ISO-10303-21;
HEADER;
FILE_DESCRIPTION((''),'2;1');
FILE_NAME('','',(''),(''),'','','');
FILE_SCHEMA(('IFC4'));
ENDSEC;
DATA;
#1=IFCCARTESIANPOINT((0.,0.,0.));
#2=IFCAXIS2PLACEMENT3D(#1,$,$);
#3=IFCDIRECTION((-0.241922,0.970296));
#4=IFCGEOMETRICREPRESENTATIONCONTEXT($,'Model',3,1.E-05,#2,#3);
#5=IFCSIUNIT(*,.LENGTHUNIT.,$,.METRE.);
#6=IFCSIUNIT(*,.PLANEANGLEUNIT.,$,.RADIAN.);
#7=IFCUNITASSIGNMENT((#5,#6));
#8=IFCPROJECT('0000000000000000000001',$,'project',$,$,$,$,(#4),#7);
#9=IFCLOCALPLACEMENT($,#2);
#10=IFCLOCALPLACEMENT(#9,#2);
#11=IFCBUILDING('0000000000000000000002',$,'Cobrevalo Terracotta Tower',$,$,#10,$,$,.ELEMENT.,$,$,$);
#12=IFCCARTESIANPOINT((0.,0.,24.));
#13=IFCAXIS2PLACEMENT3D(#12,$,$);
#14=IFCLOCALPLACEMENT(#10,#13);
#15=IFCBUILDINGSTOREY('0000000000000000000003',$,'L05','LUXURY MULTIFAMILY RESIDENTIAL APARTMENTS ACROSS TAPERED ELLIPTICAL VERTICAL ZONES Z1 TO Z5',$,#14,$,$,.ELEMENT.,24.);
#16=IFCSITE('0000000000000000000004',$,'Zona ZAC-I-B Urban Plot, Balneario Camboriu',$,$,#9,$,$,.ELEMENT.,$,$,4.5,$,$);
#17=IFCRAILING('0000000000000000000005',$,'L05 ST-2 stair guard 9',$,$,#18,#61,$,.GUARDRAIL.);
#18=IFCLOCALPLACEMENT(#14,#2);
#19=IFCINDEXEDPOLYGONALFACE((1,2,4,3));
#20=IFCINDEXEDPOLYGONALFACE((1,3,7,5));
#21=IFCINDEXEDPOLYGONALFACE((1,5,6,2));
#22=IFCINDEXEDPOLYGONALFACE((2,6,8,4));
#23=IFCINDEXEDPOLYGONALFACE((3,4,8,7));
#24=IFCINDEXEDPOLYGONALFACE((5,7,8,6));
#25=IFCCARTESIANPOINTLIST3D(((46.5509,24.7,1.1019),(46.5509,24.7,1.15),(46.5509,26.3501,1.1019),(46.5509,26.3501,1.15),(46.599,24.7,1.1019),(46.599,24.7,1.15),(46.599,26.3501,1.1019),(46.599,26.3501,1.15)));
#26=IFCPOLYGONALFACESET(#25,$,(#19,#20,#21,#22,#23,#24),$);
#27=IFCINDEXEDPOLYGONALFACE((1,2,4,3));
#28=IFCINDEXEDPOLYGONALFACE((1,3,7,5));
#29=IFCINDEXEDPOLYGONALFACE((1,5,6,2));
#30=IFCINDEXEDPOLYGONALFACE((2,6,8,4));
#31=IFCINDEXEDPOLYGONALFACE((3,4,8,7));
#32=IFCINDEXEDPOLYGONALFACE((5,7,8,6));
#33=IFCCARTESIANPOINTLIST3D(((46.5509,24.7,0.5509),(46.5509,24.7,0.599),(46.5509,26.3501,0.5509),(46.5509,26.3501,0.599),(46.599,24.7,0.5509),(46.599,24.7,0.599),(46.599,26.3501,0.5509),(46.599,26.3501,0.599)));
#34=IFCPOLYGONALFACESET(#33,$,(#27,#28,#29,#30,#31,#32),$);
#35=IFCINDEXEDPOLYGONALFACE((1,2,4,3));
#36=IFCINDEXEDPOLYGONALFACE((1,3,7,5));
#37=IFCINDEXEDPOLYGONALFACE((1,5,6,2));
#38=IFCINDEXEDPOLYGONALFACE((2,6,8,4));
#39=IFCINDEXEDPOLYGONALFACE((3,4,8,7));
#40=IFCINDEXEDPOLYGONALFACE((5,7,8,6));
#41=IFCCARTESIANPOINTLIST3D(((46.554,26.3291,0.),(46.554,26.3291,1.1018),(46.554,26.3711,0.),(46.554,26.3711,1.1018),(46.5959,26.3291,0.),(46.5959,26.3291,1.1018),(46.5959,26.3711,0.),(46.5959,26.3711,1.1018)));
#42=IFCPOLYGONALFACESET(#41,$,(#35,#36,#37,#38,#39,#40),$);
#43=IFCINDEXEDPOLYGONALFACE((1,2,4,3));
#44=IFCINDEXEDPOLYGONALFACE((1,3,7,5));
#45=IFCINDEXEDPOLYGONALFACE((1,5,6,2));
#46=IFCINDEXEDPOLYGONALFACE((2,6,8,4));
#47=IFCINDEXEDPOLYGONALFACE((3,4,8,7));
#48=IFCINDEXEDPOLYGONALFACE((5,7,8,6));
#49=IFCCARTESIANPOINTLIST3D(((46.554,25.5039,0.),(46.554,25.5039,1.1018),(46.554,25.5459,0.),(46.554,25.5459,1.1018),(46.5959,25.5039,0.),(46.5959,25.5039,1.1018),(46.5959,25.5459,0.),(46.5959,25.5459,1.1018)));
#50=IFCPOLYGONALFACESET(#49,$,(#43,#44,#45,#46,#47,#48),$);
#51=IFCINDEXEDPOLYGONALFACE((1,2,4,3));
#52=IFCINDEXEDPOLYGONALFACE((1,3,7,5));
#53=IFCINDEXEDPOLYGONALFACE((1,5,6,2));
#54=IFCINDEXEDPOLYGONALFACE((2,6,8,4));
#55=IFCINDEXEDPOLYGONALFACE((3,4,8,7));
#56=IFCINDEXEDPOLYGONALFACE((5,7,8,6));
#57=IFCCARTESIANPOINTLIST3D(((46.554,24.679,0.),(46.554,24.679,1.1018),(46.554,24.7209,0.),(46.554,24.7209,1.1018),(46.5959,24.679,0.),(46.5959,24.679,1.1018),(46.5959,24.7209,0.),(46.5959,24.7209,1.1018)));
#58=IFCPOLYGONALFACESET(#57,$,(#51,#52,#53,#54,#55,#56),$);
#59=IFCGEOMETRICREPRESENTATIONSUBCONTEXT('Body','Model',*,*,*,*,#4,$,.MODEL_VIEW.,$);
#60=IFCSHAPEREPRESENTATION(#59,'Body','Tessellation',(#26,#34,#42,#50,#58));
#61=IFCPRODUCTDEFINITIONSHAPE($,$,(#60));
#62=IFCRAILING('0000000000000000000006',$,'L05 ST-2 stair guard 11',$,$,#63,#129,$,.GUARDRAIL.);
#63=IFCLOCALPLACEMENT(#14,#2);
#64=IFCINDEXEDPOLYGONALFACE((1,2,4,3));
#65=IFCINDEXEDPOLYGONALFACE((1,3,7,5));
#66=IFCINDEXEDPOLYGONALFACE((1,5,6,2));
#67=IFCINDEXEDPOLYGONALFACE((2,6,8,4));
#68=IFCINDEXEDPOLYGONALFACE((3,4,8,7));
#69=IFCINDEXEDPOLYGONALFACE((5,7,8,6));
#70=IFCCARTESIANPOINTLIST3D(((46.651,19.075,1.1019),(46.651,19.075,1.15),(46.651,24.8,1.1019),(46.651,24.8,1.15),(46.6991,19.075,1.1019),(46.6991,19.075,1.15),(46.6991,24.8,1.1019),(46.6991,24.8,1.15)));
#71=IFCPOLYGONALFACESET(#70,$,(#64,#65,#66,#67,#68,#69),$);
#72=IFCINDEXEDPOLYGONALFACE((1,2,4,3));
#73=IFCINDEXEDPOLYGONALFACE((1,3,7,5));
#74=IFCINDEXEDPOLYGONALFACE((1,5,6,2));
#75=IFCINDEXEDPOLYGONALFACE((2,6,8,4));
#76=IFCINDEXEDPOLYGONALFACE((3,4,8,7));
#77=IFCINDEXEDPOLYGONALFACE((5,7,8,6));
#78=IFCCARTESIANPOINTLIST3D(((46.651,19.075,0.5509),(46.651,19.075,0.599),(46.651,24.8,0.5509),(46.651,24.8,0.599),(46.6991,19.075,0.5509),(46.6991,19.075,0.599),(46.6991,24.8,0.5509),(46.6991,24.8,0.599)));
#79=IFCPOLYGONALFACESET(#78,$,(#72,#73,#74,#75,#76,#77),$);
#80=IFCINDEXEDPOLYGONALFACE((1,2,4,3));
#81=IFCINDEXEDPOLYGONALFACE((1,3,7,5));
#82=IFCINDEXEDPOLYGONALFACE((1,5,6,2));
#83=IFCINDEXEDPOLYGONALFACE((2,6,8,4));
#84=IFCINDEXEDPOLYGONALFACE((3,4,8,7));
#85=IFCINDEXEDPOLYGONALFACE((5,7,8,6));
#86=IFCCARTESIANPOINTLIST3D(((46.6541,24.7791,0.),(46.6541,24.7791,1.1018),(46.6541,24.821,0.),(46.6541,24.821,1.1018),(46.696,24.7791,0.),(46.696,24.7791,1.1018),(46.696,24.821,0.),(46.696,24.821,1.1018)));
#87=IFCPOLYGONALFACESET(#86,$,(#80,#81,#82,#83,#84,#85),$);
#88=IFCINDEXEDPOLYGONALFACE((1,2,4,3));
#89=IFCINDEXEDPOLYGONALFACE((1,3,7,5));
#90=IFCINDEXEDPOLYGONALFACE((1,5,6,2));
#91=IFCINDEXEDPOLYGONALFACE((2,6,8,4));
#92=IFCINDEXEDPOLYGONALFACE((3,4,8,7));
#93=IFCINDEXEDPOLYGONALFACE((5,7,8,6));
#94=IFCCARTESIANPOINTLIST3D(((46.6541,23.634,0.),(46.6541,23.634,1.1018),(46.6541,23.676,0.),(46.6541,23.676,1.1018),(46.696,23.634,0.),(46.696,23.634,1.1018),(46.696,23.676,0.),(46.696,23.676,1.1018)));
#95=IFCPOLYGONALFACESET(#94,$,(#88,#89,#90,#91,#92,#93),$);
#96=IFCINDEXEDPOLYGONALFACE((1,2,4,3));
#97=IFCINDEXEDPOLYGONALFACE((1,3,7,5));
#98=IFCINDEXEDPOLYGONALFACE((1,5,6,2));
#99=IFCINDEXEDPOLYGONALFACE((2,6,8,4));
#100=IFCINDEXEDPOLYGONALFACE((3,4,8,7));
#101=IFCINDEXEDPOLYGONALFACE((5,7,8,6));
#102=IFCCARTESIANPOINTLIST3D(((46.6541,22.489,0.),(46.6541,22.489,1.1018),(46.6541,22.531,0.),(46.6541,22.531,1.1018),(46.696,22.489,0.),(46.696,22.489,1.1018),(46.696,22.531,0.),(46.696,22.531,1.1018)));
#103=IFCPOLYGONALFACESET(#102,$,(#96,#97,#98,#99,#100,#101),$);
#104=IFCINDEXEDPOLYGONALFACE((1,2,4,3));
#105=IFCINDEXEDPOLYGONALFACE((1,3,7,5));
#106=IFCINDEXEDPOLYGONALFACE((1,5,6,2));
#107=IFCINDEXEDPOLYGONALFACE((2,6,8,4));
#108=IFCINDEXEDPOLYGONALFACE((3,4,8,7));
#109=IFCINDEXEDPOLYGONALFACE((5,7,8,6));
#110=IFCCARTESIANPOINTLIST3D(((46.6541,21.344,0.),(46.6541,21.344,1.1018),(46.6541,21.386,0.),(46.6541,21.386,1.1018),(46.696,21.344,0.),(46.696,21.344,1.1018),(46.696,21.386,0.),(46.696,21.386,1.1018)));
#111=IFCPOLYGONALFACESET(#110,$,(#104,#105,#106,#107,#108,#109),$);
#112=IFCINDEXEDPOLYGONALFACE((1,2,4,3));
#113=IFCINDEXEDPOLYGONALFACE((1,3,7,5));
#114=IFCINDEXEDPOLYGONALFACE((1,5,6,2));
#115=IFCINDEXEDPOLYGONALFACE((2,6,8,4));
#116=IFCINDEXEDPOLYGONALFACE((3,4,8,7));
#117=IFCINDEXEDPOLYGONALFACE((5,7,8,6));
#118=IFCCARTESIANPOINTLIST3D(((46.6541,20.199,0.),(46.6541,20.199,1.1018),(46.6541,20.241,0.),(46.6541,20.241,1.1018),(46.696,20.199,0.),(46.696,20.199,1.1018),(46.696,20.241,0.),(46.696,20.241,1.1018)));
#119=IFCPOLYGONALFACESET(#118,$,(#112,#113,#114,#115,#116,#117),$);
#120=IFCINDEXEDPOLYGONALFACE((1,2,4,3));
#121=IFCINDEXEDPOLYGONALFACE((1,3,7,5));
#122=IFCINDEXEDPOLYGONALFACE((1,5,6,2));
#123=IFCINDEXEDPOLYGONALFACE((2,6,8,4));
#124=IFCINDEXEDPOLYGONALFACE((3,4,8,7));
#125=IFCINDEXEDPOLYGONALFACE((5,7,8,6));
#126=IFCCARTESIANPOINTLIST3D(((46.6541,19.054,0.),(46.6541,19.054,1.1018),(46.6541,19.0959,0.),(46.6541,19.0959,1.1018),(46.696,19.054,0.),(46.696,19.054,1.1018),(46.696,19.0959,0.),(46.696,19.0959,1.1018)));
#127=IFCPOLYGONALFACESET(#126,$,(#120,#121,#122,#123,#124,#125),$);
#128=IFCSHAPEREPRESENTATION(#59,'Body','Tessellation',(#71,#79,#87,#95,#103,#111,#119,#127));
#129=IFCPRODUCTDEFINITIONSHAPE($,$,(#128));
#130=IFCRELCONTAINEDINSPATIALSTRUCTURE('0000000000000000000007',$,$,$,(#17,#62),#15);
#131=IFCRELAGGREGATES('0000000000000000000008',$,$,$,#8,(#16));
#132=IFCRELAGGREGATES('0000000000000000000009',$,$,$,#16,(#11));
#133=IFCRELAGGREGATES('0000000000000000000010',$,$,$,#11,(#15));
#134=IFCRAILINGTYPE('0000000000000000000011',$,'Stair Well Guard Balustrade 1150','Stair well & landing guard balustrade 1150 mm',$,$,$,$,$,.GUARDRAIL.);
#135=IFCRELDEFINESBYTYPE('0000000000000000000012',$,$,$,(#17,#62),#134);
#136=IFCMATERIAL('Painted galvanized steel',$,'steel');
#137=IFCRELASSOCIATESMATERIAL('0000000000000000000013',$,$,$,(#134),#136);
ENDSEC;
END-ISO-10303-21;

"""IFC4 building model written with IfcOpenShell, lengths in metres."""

from ifc_helpers import new_model, si_unit, direction, frame, origin, origin_2d, place, context, subcontext, project, spatial, rectangle, extrude, material, type_object, element, save


model = new_model("IFC4")

# Units and contexts
model_context = context("Model", 3, precision=1e-05, world=origin(), true_north=direction((-0.241922, 0.970296)))
body_context = subcontext(model_context, "Body", "Model", "MODEL_VIEW")
ifc_project = project(units=[si_unit("LENGTHUNIT", "METRE"), si_unit("PLANEANGLEUNIT", "RADIAN")], contexts=[model_context])

# Site, building, storey
site_placement = place(None, origin())
site = spatial("IfcSite", under=ifc_project, at=site_placement, Name="Zona ZAC-I-B Urban Plot, Balneario Camboriu", CompositionType="ELEMENT", RefElevation=4.5)
building_placement = place(site_placement, origin())
building = spatial("IfcBuilding", under=site, at=building_placement, Name="Cobrevalo Terracotta Tower", CompositionType="ELEMENT")
storey_placement = place(building_placement, frame((0.0, 0.0, 24.0)))
storey = spatial("IfcBuildingStorey", under=building, at=storey_placement, Name="L05", Description="LUXURY MULTIFAMILY RESIDENTIAL APARTMENTS ACROSS TAPERED ELLIPTICAL VERTICAL ZONES Z1 TO Z5", CompositionType="ELEMENT", Elevation=24.0)

# Railings
ifc_material_1 = material(Name="Painted galvanized steel", Category="steel")
railing_type = type_object("IfcRailingType", Name="Stair Well Guard Balustrade 1150", Description="Stair well & landing guard balustrade 1150 mm", PredefinedType="GUARDRAIL", material=ifc_material_1)
for number, where, name in (
    (1, (46.575, 26.3501, 0.0), "L05 ST-2 stair guard 9"),
):
    element("IfcRailing", number, at=place(storey_placement, frame(where)), inside=storey, type_object=railing_type, Name=name, PredefinedType="GUARDRAIL", context=body_context, shape_type="SweptSolid", body=[
        extrude(rectangle(XDim=0.0481, YDim=0.0481, at=origin_2d()), frame((0.0, 0.0, 1.126), z_axis=(0.0, -1.0, 0.0), x_axis=(1.0, 0.0, 0.0)), (0.0, 0.0, 1.0), 1.6501),
        extrude(rectangle(XDim=0.0481, YDim=0.0481, at=origin_2d()), frame((0.0, 0.0, 0.575), z_axis=(0.0, -1.0, 0.0), x_axis=(1.0, 0.0, 0.0)), (0.0, 0.0, 1.0), 1.6501),
        extrude(rectangle(XDim=0.042, YDim=0.042, at=origin_2d()), origin(), (0.0, 0.0, 1.0), 1.1018),
        extrude(rectangle(XDim=0.042, YDim=0.042, at=origin_2d()), frame((0.0, -0.8252, 0.0)), (0.0, 0.0, 1.0), 1.1018),
        extrude(rectangle(XDim=0.042, YDim=0.042, at=origin_2d()), frame((0.0, -1.6501, 0.0)), (0.0, 0.0, 1.0), 1.1018),
    ])
railing_placement = place(storey_placement, frame((46.675, 24.8, 0.0)))
element("IfcRailing", 2, at=railing_placement, inside=storey, type_object=railing_type, Name="L05 ST-2 stair guard 11", PredefinedType="GUARDRAIL", context=body_context, shape_type="SweptSolid", body=[
    extrude(rectangle(XDim=0.0481, YDim=0.0481, at=origin_2d()), frame((0.0, 0.0, 1.126), z_axis=(0.0, -1.0, 0.0), x_axis=(1.0, 0.0, 0.0)), (0.0, 0.0, 1.0), 5.7251),
    extrude(rectangle(XDim=0.0481, YDim=0.0481, at=origin_2d()), frame((0.0, 0.0, 0.575), z_axis=(0.0, -1.0, 0.0), x_axis=(1.0, 0.0, 0.0)), (0.0, 0.0, 1.0), 5.7251),
    extrude(rectangle(XDim=0.042, YDim=0.042, at=origin_2d()), origin(), (0.0, 0.0, 1.0), 1.1018),
    extrude(rectangle(XDim=0.042, YDim=0.042, at=origin_2d()), frame((0.0, -1.145, 0.0)), (0.0, 0.0, 1.0), 1.1018),
    extrude(rectangle(XDim=0.042, YDim=0.042, at=origin_2d()), frame((0.0, -2.29, 0.0)), (0.0, 0.0, 1.0), 1.1018),
    extrude(rectangle(XDim=0.042, YDim=0.042, at=origin_2d()), frame((0.0, -3.4351, 0.0)), (0.0, 0.0, 1.0), 1.1018),
    extrude(rectangle(XDim=0.042, YDim=0.042, at=origin_2d()), frame((0.0, -4.5801, 0.0)), (0.0, 0.0, 1.0), 1.1018),
    extrude(rectangle(XDim=0.042, YDim=0.042, at=origin_2d()), frame((0.0, -5.7251, 0.0)), (0.0, 0.0, 1.0), 1.1018),
])

save(model, "model.ifc")
